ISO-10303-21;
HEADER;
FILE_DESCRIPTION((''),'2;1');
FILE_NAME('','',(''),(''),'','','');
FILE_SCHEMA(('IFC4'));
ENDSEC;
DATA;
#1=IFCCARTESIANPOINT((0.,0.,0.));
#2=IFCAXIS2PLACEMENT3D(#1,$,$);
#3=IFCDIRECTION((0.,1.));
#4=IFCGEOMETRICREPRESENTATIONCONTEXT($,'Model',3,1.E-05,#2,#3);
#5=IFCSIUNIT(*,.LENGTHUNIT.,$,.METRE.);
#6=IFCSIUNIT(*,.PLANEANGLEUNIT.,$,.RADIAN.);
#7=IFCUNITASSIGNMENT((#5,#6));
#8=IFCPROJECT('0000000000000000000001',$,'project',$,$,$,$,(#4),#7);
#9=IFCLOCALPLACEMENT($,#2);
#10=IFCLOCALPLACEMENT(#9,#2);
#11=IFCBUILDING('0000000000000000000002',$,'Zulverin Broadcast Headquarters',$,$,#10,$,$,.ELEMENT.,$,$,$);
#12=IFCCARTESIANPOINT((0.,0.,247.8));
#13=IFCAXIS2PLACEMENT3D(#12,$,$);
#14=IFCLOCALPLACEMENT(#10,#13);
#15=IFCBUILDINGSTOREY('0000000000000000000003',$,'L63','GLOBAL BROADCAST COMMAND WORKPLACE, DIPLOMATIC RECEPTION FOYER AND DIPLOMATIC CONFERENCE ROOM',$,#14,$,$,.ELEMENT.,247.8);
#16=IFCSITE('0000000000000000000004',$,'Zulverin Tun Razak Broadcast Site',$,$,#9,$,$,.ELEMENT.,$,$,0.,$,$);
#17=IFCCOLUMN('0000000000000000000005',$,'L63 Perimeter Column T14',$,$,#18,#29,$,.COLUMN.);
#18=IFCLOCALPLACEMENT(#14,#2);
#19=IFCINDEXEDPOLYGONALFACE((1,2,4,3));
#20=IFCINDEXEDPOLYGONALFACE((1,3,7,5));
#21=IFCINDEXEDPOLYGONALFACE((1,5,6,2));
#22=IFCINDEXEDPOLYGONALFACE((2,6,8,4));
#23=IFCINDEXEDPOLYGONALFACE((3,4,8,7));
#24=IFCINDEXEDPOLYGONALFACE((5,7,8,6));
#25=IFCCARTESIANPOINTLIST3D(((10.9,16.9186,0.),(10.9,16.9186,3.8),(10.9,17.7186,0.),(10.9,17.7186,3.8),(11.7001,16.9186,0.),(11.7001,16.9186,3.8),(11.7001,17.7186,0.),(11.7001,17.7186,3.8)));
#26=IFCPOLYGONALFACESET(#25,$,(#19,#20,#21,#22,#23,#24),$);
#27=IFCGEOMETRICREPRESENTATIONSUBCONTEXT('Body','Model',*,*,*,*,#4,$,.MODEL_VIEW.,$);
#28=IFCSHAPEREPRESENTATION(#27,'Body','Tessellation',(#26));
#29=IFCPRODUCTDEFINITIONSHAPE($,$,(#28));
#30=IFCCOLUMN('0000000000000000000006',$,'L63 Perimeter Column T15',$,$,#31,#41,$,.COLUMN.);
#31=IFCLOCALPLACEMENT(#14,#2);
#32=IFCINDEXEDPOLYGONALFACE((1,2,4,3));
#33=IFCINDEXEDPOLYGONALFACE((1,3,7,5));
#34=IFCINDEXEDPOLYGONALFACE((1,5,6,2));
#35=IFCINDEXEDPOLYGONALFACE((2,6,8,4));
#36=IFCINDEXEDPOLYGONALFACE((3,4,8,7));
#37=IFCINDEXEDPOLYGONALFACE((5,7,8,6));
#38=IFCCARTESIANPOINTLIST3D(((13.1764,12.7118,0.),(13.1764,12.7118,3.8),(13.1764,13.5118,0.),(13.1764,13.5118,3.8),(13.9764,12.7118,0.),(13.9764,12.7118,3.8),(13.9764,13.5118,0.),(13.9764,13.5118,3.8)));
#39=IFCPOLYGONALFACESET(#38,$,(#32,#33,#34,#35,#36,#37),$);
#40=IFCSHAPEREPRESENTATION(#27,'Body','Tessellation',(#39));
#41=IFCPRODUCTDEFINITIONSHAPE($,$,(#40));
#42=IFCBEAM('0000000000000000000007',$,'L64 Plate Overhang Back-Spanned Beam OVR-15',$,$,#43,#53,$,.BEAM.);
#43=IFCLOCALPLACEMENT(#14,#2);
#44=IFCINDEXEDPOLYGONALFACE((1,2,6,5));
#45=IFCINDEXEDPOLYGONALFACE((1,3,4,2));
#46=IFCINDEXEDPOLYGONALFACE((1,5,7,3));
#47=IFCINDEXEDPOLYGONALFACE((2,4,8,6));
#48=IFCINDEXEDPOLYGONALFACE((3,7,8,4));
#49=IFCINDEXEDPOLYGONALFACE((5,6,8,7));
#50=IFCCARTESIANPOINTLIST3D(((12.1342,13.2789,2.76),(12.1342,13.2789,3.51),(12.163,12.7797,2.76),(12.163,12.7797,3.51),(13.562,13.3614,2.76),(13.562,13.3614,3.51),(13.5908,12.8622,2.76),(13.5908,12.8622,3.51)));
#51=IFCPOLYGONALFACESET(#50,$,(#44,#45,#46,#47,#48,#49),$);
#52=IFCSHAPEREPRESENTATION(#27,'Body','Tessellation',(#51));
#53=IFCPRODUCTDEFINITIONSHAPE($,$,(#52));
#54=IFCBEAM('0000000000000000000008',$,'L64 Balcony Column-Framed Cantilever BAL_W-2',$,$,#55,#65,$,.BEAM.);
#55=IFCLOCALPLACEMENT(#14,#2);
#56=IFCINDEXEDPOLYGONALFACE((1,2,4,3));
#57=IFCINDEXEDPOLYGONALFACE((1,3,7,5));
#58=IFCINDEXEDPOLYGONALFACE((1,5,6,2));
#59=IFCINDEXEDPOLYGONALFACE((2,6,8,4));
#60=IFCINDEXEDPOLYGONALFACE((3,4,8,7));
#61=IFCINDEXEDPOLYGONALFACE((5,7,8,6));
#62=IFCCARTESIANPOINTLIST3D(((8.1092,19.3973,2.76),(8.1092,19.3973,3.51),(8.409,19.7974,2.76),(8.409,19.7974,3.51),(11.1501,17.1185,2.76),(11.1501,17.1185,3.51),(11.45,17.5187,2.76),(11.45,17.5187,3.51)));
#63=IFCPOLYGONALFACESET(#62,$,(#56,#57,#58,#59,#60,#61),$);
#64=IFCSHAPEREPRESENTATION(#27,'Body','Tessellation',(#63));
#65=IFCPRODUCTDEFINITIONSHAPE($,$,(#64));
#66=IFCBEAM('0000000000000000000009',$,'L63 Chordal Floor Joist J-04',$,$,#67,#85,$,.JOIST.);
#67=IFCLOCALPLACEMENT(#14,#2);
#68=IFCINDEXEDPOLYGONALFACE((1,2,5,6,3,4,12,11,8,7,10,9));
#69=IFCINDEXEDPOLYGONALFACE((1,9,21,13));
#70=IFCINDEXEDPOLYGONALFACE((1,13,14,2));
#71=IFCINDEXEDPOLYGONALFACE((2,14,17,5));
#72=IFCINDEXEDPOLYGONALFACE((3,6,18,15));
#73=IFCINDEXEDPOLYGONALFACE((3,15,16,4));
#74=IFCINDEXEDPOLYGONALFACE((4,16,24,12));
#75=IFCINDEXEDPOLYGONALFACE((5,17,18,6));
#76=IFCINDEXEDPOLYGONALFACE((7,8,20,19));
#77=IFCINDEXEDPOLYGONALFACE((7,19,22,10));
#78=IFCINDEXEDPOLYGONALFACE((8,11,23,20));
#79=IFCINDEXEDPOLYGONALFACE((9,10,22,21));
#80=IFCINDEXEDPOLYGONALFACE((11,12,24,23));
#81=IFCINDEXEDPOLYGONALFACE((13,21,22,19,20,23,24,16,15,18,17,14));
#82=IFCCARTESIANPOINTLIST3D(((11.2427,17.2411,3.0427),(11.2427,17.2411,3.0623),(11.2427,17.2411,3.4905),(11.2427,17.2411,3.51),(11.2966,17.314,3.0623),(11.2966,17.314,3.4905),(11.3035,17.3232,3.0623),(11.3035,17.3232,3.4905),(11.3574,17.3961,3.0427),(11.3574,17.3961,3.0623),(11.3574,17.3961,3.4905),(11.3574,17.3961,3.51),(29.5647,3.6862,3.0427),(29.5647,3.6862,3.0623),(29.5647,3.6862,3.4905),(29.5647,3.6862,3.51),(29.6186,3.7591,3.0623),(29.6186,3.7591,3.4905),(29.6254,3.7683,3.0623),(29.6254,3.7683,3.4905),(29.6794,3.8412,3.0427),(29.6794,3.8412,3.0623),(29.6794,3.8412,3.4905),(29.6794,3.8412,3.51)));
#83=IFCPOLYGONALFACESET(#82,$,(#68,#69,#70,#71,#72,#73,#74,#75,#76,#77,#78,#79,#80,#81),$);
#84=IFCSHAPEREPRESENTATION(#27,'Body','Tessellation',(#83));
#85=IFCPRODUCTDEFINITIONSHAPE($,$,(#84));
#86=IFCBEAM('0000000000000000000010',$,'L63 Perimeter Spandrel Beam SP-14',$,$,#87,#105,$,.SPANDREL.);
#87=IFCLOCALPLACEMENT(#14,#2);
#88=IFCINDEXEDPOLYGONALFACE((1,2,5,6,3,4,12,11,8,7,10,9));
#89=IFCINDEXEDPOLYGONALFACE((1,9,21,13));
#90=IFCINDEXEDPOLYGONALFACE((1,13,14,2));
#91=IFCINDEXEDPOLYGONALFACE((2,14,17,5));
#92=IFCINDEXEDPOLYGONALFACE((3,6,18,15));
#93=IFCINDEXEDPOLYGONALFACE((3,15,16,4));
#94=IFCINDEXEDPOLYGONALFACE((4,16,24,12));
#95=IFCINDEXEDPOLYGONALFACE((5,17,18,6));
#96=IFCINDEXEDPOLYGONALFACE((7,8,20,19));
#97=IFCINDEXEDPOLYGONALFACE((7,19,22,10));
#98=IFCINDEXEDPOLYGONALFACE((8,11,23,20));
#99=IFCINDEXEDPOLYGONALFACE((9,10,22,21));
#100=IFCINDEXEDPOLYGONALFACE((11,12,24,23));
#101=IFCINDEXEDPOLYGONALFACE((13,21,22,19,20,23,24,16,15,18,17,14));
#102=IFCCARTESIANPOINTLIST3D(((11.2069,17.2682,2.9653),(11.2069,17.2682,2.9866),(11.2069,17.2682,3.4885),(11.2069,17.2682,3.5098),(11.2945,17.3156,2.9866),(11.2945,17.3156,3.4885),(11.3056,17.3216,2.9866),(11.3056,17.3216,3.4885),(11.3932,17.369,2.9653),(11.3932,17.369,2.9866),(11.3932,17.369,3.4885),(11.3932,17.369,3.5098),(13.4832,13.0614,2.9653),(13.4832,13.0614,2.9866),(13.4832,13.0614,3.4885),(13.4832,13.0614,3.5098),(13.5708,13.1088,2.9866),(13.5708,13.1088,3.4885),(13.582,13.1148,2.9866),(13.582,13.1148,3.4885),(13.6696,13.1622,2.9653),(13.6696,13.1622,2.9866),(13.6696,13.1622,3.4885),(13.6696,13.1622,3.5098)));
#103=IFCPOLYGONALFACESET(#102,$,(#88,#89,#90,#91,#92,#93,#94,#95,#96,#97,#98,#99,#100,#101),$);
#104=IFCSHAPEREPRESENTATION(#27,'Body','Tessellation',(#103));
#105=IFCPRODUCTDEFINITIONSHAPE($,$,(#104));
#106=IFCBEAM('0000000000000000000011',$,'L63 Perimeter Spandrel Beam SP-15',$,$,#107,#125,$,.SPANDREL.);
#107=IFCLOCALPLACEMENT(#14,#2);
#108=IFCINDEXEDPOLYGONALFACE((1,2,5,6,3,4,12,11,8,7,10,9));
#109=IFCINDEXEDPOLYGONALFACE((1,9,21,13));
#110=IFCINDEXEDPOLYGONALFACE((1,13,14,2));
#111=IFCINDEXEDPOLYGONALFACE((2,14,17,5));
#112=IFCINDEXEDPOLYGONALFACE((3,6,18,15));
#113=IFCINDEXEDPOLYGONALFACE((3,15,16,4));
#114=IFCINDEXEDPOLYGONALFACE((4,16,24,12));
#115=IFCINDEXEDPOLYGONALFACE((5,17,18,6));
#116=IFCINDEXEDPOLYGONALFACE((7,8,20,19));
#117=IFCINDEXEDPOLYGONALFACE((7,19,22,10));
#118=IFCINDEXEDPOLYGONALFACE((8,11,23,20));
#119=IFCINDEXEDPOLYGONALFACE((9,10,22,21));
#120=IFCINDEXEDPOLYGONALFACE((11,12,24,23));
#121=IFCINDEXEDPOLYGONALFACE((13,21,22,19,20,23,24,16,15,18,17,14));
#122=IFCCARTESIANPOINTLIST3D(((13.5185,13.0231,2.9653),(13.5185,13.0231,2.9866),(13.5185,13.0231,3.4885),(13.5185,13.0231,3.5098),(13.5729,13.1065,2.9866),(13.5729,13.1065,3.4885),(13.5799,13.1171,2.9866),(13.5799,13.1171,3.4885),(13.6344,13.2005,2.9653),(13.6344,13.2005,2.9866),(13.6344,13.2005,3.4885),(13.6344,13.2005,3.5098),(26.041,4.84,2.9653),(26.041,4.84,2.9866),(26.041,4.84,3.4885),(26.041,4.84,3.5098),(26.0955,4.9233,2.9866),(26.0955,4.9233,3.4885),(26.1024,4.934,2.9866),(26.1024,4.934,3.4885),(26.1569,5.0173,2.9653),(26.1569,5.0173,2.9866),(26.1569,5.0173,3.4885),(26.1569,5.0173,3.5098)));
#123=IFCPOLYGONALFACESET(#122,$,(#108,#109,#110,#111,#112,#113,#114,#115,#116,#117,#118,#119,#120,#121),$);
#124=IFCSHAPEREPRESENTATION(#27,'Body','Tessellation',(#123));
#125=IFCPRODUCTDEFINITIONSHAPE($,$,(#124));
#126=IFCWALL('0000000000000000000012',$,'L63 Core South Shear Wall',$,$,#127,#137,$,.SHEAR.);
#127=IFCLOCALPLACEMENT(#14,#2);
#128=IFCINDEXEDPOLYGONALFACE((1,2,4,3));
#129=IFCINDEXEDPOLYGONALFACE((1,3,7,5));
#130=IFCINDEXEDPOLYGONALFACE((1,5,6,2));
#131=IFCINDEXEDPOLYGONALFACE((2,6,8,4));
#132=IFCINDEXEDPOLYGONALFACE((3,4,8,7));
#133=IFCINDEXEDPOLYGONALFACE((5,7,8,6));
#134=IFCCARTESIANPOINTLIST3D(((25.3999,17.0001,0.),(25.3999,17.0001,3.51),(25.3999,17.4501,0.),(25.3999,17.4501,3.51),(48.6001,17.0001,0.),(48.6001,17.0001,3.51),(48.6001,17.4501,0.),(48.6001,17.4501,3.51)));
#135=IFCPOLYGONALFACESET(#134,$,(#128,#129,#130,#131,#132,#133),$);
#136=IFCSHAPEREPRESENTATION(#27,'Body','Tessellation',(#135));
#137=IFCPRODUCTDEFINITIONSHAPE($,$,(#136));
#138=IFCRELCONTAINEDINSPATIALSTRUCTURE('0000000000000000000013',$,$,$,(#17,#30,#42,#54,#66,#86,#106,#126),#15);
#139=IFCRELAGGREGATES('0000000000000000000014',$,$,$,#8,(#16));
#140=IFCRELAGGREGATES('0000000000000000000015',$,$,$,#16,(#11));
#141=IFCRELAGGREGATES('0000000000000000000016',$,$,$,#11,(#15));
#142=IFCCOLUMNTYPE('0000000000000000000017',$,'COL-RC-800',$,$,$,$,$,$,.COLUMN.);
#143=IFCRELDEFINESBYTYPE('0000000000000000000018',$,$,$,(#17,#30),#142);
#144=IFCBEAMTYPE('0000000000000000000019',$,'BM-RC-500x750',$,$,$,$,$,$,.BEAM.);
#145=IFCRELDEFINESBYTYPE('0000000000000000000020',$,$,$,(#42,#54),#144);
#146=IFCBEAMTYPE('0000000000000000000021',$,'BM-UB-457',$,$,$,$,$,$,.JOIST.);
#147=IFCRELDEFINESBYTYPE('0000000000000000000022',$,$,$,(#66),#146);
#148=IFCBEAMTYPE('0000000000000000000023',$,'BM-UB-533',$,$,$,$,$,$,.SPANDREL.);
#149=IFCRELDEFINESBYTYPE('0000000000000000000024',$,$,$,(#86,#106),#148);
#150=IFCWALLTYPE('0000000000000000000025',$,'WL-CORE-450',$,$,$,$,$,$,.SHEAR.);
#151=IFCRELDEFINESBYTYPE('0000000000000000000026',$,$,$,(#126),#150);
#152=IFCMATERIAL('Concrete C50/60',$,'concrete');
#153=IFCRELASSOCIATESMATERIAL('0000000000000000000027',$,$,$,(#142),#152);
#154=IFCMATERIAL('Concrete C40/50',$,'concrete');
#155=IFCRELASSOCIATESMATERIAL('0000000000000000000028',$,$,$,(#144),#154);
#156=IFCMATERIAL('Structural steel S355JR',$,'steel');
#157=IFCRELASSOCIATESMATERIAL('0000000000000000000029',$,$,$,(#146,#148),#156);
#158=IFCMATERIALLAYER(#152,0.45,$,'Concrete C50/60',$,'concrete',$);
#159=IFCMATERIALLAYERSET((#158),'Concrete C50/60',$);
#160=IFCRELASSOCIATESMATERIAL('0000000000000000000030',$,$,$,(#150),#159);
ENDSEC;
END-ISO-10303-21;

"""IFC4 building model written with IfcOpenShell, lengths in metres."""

from ifc_helpers import new_model, si_unit, direction, frame, frame_2d, origin, origin_2d, place, context, subcontext, project, spatial, rectangle, i_section, extrude, material, layer, layer_set, material_profile, profile_set, type_object, element, save


model = new_model("IFC4")

# Units and contexts
model_context = context("Model", 3, precision=1e-05, world=origin(), true_north=direction((0.0, 1.0)))
body_context = subcontext(model_context, "Body", "Model", "MODEL_VIEW")
ifc_project = project(units=[si_unit("LENGTHUNIT", "METRE"), si_unit("PLANEANGLEUNIT", "RADIAN")], contexts=[model_context])

# Site, building, storey
site_placement = place(None, origin())
site = spatial("IfcSite", under=ifc_project, at=site_placement, Name="Zulverin Tun Razak Broadcast Site", CompositionType="ELEMENT", RefElevation=0.0)
building_placement = place(site_placement, origin())
building = spatial("IfcBuilding", under=site, at=building_placement, Name="Zulverin Broadcast Headquarters", CompositionType="ELEMENT")
storey_placement = place(building_placement, frame((0.0, 0.0, 247.8)))
storey = spatial("IfcBuildingStorey", under=building, at=storey_placement, Name="L63", Description="GLOBAL BROADCAST COMMAND WORKPLACE, DIPLOMATIC RECEPTION FOYER AND DIPLOMATIC CONFERENCE ROOM", CompositionType="ELEMENT", Elevation=247.8)

# Columns
ifc_material_1 = material(Name="Concrete C50/60", Category="concrete")
ifc_material_profile_1 = material_profile(ifc_material_1, rectangle(XDim=0.8, YDim=0.8, at=origin_2d()), Name="Concrete C50/60", Category="concrete")
ifc_profile_set_1 = profile_set([ifc_material_profile_1], Name="Concrete C50/60")
column_type = type_object("IfcColumnType", Name="COL-RC-800", PredefinedType="COLUMN", material=ifc_profile_set_1)
for number, where, z_axis, x_axis, name in (
    (1, (11.3, 17.3186, 0.0), (0.0, 0.0, 1.0), (1.0, 0.0, 0.0), "L63 Perimeter Column T14"),
    (2, (13.5764, 13.1118, 0.0), (0.0, 0.0, 1.0), (1.0, 0.0, 0.0), "L63 Perimeter Column T15"),
):
    element("IfcColumn", number, at=place(storey_placement, frame(where, z_axis=z_axis, x_axis=x_axis)), inside=storey, type_object=column_type, Name=name, PredefinedType="COLUMN", context=body_context, shape_type="SweptSolid", body=[
        extrude(rectangle(XDim=0.8, YDim=0.8, at=origin_2d()), origin(), (0.0, 0.0, 1.0), 3.8),
    ])

# Beams
ifc_material_2 = material(Name="Concrete C40/50", Category="concrete")
ifc_material_profile_2 = material_profile(ifc_material_2, rectangle(XDim=0.5, YDim=0.75, at=origin_2d()), Name="Concrete C40/50", Category="concrete")
ifc_profile_set_2 = profile_set([ifc_material_profile_2], Name="Concrete C40/50")
beam_type_1 = type_object("IfcBeamType", Name="BM-RC-500x750", PredefinedType="BEAM", material=ifc_profile_set_2)
beam_1_placement = place(storey_placement, frame((13.5764, 13.1118, 3.135), z_axis=(-0.998334, -0.057701, 0.0), x_axis=(0.057701, -0.998334, 0.0)))
element("IfcBeam", 3, at=beam_1_placement, inside=storey, type_object=beam_type_1, Name="L64 Plate Overhang Back-Spanned Beam OVR-15", PredefinedType="BEAM", context=body_context, shape_type="SweptSolid", body=[
    extrude(rectangle(XDim=0.5, YDim=0.75, at=origin_2d()), origin(), (0.0, 0.0, 1.0), 1.4302),
])
beam_2_placement = place(storey_placement, frame((11.3, 17.3186, 3.135), z_axis=(-0.800247, 0.599671, 0.0), x_axis=(-0.599671, -0.800247, 0.0)))
element("IfcBeam", 4, at=beam_2_placement, inside=storey, type_object=beam_type_1, Name="L64 Balcony Column-Framed Cantilever BAL_W-2", PredefinedType="BEAM", context=body_context, shape_type="SweptSolid", body=[
    extrude(rectangle(XDim=0.5, YDim=0.75, at=origin_2d()), origin(), (0.0, 0.0, 1.0), 3.8),
])
ifc_material_3 = material(Name="Structural steel S355JR", Category="steel")
ifc_material_profile_3 = material_profile(ifc_material_3, i_section(OverallWidth=0.1929, OverallDepth=0.4673, WebThickness=0.0115, FlangeThickness=0.0195, at=origin_2d()), Name="Structural steel S355JR", Category="steel")
ifc_profile_set_3 = profile_set([ifc_material_profile_3], Name="Structural steel S355JR")
beam_type_2 = type_object("IfcBeamType", Name="BM-UB-457", PredefinedType="JOIST", material=ifc_profile_set_3)
beam_3_placement = place(storey_placement, frame((11.3, 17.3186, 3.2764), z_axis=(0.803912, -0.594748, 0.0), x_axis=(0.594748, 0.803912, 0.0)))
element("IfcBeam", 5, at=beam_3_placement, inside=storey, type_object=beam_type_2, Name="L63 Chordal Floor Joist J-04", PredefinedType="JOIST", context=body_context, shape_type="SweptSolid", body=[
    extrude(i_section(OverallWidth=0.1929, OverallDepth=0.4673, WebThickness=0.0115, FlangeThickness=0.0195, at=origin_2d()), origin(), (0.0, 0.0, 1.0), 22.791),
])
ifc_material_profile_4 = material_profile(ifc_material_3, i_section(OverallWidth=0.2119, OverallDepth=0.5444, WebThickness=0.0127, FlangeThickness=0.0212, at=origin_2d()), Name="Structural steel S355JR", Category="steel")
ifc_profile_set_4 = profile_set([ifc_material_profile_4], Name="Structural steel S355JR")
beam_type_3 = type_object("IfcBeamType", Name="BM-UB-533", PredefinedType="SPANDREL", material=ifc_profile_set_4)
beam_4_placement = place(storey_placement, frame((11.3, 17.3186, 3.2375), z_axis=(0.47591, -0.879494, 0.0), x_axis=(0.879494, 0.47591, 0.0)))
element("IfcBeam", 6, at=beam_4_placement, inside=storey, type_object=beam_type_3, Name="L63 Perimeter Spandrel Beam SP-14", PredefinedType="SPANDREL", context=body_context, shape_type="SweptSolid", body=[
    extrude(i_section(OverallWidth=0.2119, OverallDepth=0.5444, WebThickness=0.0127, FlangeThickness=0.0212, at=origin_2d()), origin(), (0.0, 0.0, 1.0), 4.7832),
])
beam_5_placement = place(storey_placement, frame((13.5764, 13.1118, 3.2375), z_axis=(0.837112, -0.547031, 0.0), x_axis=(0.547031, 0.837112, 0.0)))
element("IfcBeam", 7, at=beam_5_placement, inside=storey, type_object=beam_type_3, Name="L63 Perimeter Spandrel Beam SP-15", PredefinedType="SPANDREL", context=body_context, shape_type="SweptSolid", body=[
    extrude(i_section(OverallWidth=0.2119, OverallDepth=0.5444, WebThickness=0.0127, FlangeThickness=0.0212, at=origin_2d()), origin(), (0.0, 0.0, 1.0), 14.9592),
])

# Wall
ifc_layer_1 = layer(ifc_material_1, 0.45, Name="Concrete C50/60", Category="concrete")
ifc_layer_set_1 = layer_set([ifc_layer_1], Name="Concrete C50/60")
wall_type_1 = type_object("IfcWallType", Name="WL-CORE-450", PredefinedType="SHEAR", material=ifc_layer_set_1)
wall_1_placement = place(storey_placement, frame((25.3999, 17.2251, 0.0), z_axis=(0.0, 0.0, 1.0), x_axis=(1.0, 0.0, 0.0)))
element("IfcWall", 8, at=wall_1_placement, inside=storey, type_object=wall_type_1, Name="L63 Core South Shear Wall", PredefinedType="SHEAR", context=body_context, shape_type="SweptSolid", body=[
    extrude(rectangle(XDim=23.2002, YDim=0.45, at=frame_2d((11.6001, 0.0))), origin(), (0.0, 0.0, 1.0), 3.51),
])

save(model, "model.ifc")
